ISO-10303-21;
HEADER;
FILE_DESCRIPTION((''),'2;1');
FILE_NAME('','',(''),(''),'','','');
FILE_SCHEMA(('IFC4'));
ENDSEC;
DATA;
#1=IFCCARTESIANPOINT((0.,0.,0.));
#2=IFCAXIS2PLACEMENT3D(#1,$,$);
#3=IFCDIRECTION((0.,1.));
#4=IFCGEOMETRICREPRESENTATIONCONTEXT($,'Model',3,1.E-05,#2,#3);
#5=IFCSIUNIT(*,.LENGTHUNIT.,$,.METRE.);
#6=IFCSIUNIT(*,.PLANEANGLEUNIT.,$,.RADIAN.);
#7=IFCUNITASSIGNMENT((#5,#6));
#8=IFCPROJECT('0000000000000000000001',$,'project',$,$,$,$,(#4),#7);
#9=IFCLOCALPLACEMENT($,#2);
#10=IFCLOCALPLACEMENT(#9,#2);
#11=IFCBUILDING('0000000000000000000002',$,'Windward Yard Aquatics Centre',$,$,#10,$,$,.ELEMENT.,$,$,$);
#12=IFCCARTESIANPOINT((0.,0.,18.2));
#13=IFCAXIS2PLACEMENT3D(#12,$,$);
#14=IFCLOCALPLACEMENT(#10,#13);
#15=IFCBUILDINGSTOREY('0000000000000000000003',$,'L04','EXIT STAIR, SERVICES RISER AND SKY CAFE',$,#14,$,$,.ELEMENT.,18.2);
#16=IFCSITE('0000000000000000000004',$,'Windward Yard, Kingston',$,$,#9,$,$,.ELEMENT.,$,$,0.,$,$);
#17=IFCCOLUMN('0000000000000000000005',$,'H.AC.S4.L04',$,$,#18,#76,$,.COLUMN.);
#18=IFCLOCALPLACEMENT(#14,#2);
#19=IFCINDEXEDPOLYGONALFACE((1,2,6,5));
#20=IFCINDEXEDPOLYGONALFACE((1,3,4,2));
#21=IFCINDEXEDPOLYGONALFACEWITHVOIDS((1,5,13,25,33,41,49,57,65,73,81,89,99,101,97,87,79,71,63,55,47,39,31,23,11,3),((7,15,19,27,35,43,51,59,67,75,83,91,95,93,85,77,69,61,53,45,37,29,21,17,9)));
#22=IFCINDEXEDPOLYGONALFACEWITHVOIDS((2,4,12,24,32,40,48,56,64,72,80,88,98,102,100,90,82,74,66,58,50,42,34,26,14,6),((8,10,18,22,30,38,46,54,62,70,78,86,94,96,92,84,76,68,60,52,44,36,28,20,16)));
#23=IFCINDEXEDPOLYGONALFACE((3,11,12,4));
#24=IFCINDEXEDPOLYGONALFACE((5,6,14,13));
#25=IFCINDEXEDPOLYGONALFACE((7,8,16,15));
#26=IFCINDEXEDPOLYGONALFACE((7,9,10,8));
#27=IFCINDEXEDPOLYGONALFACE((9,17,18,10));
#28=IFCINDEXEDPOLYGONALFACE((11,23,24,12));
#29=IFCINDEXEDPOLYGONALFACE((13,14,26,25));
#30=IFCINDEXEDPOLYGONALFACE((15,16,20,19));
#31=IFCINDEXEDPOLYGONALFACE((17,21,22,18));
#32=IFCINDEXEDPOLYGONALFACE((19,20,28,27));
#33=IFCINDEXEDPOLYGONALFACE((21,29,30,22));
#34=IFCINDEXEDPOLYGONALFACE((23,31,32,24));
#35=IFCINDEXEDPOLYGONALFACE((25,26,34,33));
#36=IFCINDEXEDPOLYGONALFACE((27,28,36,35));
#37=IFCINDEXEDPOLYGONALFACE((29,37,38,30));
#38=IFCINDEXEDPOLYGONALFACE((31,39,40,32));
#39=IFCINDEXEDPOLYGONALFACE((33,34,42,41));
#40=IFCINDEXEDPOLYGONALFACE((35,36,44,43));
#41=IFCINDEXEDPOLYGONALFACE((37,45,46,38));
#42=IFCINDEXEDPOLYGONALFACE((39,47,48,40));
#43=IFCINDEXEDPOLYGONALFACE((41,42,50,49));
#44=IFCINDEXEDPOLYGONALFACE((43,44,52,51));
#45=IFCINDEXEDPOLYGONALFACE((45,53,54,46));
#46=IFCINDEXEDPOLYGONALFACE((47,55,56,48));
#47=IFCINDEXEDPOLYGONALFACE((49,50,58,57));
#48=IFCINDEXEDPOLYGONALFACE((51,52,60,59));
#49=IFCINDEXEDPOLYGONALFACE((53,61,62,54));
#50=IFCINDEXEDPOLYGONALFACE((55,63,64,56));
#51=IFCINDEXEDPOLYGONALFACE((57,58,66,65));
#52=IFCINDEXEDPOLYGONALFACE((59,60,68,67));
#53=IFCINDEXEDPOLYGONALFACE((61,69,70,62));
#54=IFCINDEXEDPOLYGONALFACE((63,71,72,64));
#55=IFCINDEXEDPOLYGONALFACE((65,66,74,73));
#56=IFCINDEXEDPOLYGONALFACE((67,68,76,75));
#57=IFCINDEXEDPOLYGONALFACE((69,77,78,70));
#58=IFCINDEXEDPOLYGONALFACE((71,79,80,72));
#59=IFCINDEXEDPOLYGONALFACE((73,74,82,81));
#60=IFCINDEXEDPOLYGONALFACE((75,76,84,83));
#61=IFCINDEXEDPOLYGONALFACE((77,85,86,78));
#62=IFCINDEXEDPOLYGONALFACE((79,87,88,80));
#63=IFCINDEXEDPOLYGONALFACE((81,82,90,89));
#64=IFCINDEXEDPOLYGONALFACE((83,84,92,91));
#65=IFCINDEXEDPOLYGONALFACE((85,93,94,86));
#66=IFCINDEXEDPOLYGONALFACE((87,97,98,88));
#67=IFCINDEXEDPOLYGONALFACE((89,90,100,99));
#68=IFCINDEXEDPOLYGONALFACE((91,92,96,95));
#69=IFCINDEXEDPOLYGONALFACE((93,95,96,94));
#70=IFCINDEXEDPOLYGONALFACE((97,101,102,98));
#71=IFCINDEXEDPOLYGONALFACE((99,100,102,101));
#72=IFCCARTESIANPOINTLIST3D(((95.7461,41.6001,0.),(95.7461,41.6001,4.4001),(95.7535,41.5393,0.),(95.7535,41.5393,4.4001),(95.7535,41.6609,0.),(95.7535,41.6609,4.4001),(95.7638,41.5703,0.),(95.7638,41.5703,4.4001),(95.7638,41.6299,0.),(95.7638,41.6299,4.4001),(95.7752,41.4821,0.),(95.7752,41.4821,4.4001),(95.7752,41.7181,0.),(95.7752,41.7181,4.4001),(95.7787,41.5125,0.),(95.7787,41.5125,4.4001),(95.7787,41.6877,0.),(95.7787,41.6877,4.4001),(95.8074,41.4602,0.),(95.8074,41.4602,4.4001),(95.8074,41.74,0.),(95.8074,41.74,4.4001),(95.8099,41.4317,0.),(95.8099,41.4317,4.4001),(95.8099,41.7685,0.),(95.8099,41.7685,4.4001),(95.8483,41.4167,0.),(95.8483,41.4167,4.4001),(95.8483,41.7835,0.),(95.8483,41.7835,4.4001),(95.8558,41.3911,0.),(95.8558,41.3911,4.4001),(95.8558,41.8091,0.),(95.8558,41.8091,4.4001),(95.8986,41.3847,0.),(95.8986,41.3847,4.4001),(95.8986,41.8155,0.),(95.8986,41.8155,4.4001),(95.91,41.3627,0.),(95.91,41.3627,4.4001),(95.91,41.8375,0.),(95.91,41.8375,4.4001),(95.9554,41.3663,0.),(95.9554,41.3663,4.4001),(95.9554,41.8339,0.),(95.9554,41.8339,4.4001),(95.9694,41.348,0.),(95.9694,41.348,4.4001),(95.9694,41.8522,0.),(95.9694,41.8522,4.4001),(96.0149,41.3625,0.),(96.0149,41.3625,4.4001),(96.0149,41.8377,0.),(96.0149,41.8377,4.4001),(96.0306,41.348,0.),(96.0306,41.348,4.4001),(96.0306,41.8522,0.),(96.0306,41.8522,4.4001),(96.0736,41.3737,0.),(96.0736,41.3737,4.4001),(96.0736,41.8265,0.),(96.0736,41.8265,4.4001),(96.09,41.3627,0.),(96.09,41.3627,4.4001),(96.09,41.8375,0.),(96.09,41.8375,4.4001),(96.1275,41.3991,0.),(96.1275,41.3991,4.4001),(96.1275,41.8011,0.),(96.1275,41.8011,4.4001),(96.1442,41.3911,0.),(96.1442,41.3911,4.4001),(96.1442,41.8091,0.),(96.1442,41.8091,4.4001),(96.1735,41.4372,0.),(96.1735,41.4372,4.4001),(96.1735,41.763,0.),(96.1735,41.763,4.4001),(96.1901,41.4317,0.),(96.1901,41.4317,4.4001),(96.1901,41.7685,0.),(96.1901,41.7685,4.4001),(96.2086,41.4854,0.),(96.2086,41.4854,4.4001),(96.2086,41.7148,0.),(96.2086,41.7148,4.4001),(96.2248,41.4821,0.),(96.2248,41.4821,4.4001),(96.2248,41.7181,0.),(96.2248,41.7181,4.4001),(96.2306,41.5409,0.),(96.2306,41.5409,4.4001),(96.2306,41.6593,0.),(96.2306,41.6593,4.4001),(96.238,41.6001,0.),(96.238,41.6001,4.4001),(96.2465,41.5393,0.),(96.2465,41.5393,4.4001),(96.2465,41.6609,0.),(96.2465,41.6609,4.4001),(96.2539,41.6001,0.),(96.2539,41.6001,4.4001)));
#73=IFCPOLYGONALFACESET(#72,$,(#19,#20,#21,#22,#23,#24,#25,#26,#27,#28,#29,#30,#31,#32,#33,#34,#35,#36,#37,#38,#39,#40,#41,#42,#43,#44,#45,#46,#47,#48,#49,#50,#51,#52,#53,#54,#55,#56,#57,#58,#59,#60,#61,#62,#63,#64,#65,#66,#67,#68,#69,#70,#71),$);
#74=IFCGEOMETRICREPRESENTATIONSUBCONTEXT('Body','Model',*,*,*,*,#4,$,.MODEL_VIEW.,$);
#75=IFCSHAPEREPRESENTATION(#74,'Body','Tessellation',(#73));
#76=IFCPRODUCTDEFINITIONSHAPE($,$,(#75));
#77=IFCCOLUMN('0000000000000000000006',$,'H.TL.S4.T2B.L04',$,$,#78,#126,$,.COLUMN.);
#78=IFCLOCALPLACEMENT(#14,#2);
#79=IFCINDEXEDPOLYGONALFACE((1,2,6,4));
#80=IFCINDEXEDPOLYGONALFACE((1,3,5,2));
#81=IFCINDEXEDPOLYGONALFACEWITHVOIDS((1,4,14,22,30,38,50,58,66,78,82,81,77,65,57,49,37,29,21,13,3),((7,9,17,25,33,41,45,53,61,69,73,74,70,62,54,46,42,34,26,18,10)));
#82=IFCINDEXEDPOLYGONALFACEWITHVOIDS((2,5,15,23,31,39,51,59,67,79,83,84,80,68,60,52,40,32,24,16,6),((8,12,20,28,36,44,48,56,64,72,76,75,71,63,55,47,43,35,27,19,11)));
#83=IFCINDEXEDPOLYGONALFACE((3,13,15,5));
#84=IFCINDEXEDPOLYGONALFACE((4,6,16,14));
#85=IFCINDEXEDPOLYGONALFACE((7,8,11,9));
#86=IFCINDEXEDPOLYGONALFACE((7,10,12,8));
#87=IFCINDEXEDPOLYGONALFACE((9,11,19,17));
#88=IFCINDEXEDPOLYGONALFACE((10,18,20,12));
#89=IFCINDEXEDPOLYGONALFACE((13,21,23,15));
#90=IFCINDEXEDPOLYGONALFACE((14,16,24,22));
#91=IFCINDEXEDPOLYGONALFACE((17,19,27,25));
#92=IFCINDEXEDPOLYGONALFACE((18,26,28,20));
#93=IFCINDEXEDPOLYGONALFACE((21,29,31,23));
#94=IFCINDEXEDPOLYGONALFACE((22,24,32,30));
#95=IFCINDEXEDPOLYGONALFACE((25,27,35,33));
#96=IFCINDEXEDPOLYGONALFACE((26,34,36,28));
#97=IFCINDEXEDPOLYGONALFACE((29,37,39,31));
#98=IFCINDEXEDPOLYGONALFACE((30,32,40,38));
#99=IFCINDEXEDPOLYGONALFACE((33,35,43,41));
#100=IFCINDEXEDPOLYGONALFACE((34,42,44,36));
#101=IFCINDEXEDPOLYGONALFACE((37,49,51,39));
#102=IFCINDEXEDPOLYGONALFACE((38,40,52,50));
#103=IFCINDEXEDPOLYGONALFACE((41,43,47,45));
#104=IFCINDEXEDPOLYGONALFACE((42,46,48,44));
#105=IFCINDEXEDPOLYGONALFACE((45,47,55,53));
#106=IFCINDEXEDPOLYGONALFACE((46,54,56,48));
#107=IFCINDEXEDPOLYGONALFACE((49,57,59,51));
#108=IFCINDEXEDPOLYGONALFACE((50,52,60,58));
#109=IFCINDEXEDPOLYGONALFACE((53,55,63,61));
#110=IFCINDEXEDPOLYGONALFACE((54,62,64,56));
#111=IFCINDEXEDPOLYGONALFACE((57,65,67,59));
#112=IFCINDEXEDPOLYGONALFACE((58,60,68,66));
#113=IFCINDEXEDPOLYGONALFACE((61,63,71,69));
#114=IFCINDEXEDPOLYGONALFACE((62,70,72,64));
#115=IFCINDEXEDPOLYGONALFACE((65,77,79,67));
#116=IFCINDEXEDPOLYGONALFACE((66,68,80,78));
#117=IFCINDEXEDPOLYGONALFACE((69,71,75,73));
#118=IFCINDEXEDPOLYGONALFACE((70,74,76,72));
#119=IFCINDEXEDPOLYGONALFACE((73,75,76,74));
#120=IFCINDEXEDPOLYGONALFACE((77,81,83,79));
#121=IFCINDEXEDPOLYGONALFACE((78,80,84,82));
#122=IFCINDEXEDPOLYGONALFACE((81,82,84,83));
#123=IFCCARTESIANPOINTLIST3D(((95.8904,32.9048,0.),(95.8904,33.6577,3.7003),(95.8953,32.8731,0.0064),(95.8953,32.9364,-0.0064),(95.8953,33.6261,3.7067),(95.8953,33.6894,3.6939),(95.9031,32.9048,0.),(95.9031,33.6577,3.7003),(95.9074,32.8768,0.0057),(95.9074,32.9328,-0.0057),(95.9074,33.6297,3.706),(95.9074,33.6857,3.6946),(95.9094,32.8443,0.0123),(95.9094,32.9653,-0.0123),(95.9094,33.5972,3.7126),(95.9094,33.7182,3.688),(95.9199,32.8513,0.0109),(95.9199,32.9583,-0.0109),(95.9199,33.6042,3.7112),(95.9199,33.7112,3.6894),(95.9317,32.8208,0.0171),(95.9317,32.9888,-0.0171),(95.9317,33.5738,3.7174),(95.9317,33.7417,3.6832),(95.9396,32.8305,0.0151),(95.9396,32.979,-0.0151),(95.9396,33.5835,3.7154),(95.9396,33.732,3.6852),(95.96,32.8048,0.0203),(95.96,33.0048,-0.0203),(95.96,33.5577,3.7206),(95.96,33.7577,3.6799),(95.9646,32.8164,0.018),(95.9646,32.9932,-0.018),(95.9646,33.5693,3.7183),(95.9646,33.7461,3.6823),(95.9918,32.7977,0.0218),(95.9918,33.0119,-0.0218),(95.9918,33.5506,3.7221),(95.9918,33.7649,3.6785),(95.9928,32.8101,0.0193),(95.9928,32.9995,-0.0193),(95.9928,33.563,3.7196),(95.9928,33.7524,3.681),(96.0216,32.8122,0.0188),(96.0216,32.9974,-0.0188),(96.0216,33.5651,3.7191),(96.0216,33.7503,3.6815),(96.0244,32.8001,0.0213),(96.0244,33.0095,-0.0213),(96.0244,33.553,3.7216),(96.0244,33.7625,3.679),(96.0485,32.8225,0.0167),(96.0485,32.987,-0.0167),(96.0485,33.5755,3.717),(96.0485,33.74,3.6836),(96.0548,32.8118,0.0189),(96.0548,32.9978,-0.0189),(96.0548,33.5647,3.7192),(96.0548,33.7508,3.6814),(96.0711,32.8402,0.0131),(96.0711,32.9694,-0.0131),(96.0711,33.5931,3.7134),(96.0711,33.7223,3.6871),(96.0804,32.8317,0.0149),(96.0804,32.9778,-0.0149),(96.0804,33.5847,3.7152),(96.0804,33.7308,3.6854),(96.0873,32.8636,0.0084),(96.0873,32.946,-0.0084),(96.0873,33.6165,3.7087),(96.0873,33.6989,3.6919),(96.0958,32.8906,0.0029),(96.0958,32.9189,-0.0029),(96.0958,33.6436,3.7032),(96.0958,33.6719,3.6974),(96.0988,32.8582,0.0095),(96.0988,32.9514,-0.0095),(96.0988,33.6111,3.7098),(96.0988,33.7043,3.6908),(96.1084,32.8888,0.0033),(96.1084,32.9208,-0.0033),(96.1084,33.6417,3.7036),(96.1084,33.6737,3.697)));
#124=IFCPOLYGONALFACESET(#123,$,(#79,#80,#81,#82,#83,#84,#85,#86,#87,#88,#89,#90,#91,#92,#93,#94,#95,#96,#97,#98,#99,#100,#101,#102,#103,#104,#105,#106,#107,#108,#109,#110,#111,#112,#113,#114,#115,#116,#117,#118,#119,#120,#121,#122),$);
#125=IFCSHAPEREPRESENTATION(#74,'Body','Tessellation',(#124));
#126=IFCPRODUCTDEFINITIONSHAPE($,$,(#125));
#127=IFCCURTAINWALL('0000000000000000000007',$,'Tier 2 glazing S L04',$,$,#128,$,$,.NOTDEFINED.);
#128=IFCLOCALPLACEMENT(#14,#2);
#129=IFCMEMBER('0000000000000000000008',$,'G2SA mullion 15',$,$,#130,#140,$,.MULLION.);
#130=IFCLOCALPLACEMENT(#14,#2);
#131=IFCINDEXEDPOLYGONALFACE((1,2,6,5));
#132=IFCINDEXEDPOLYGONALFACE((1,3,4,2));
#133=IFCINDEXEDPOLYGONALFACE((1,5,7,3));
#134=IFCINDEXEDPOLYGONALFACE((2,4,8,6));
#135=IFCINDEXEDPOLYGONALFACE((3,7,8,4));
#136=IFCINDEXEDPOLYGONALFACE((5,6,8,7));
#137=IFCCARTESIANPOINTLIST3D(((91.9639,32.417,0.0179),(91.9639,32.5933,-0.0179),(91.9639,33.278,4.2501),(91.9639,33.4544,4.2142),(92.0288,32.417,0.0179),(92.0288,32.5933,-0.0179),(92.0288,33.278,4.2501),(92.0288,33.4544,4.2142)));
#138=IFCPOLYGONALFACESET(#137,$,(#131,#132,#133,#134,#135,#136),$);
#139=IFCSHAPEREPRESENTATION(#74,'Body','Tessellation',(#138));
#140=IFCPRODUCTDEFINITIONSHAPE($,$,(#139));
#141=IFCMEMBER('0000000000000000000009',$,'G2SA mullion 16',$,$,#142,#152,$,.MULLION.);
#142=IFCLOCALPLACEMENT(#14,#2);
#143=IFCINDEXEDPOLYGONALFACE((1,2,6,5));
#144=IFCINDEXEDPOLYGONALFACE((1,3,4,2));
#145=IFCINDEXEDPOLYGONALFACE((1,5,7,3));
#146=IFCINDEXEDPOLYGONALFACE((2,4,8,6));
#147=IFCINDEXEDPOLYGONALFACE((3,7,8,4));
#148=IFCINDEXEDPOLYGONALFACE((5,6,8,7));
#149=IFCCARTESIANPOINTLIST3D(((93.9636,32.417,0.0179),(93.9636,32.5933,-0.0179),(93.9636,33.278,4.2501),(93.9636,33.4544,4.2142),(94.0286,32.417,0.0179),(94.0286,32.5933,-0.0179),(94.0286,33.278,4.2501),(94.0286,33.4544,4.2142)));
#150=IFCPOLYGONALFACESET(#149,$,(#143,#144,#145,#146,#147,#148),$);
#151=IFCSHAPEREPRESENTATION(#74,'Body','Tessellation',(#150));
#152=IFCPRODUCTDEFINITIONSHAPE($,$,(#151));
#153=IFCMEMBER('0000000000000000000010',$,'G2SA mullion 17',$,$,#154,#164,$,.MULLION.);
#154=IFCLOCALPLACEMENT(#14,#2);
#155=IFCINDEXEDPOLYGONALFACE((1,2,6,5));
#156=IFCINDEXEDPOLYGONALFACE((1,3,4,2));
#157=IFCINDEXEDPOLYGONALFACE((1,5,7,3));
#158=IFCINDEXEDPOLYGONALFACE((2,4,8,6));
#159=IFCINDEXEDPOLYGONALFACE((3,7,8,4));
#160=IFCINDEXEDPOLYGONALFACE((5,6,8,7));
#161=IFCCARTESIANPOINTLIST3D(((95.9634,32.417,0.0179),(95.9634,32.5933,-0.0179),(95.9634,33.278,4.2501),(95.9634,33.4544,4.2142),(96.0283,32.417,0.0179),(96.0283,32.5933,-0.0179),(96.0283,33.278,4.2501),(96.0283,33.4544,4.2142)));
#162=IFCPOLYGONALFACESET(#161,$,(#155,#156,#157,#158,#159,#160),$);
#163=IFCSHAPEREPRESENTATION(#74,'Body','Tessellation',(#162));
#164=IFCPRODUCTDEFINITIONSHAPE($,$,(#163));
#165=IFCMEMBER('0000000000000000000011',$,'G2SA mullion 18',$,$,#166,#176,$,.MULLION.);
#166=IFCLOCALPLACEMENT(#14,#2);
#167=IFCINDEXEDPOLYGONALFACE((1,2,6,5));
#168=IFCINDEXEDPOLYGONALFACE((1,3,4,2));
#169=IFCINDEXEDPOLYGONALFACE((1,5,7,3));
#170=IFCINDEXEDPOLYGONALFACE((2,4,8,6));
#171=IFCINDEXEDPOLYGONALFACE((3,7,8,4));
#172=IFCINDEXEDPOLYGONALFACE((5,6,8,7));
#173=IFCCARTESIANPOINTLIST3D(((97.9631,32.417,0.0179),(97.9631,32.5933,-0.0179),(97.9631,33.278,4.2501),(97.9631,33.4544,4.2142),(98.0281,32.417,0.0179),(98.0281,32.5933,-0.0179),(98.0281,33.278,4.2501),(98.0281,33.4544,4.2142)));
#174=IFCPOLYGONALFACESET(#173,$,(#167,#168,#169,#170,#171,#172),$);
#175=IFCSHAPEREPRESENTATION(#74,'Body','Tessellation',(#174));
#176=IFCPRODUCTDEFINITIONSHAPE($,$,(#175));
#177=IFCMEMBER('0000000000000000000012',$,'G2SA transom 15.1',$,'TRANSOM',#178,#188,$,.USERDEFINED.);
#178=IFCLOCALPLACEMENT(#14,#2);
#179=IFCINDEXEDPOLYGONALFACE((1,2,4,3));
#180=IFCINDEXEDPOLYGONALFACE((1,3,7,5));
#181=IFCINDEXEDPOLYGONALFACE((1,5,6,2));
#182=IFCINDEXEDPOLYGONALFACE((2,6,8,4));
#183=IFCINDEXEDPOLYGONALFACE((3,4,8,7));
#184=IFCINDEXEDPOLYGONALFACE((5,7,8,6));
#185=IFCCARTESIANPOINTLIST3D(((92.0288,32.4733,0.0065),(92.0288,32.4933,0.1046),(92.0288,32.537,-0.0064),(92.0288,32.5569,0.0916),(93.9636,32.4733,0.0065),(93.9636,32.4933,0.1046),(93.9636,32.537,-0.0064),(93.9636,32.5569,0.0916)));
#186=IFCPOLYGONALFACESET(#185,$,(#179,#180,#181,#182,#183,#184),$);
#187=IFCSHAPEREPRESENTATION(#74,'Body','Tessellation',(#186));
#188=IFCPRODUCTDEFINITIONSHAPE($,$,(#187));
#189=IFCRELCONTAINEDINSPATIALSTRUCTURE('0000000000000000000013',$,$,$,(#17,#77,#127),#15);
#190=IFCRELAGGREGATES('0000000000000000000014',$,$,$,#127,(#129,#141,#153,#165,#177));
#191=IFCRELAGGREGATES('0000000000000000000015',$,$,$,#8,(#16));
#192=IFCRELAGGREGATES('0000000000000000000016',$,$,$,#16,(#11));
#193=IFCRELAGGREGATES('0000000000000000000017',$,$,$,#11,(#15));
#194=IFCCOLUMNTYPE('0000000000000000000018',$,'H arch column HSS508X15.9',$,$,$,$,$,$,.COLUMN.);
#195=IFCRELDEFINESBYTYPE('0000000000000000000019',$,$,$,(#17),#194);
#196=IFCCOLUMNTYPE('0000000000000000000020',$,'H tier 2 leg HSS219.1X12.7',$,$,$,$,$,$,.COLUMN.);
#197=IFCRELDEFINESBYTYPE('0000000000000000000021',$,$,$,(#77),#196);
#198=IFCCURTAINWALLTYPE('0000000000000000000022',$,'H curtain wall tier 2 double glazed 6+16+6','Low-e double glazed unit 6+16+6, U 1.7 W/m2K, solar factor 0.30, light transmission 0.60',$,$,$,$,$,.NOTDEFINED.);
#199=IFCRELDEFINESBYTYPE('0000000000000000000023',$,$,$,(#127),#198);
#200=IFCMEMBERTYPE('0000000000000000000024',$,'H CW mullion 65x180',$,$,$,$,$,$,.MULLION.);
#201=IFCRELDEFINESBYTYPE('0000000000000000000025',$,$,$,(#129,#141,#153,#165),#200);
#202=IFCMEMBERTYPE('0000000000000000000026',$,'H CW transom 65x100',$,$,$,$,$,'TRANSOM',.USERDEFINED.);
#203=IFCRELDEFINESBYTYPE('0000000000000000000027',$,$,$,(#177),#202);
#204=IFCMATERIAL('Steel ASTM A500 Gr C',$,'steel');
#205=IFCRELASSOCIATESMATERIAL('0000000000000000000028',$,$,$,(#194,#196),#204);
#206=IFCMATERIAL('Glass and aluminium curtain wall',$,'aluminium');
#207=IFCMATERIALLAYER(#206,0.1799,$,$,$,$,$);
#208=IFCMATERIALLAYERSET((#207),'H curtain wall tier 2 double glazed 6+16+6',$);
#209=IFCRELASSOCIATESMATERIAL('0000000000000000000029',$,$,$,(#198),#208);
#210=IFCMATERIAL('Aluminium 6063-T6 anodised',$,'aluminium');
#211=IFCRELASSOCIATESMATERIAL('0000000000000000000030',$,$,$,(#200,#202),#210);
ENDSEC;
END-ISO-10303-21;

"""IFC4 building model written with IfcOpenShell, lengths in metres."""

from ifc_helpers import new_model, si_unit, direction, frame, origin, origin_2d, place, context, subcontext, project, spatial, rectangle, hollow_circle, extrude, material, layer, layer_set, material_profile, profile_set, type_object, element, aggregate, save


model = new_model("IFC4")

# Units and contexts
model_context = context("Model", 3, precision=1e-05, world=origin(), true_north=direction((0.0, 1.0)))
body_context = subcontext(model_context, "Body", "Model", "MODEL_VIEW")
ifc_project = project(units=[si_unit("LENGTHUNIT", "METRE"), si_unit("PLANEANGLEUNIT", "RADIAN")], contexts=[model_context])

# Site, building, storey
site_placement = place(None, origin())
site = spatial("IfcSite", under=ifc_project, at=site_placement, Name="Windward Yard, Kingston", CompositionType="ELEMENT", RefElevation=0.0)
building_placement = place(site_placement, origin())
building = spatial("IfcBuilding", under=site, at=building_placement, Name="Windward Yard Aquatics Centre", CompositionType="ELEMENT")
storey_placement = place(building_placement, frame((0.0, 0.0, 18.2)))
storey = spatial("IfcBuildingStorey", under=building, at=storey_placement, Name="L04", Description="EXIT STAIR, SERVICES RISER AND SKY CAFE", CompositionType="ELEMENT", Elevation=18.2)

# Columns
ifc_material_1 = material(Name="Steel ASTM A500 Gr C", Category="steel")
ifc_material_profile_1 = material_profile(ifc_material_1, hollow_circle(Radius=0.2539, WallThickness=0.0159, at=origin_2d()), Name="HSS508X15.9")
ifc_profile_set_1 = profile_set([ifc_material_profile_1], Name="Steel ASTM A500 Gr C")
column_type_1 = type_object("IfcColumnType", Name="H arch column HSS508X15.9", PredefinedType="COLUMN", material=ifc_profile_set_1)
column_1_placement = place(storey_placement, frame((96.0, 41.6001, 0.0), z_axis=(0.0, 0.0, 1.0), x_axis=(1.0, 0.0, 0.0)))
element("IfcColumn", 1, at=column_1_placement, inside=storey, type_object=column_type_1, Name="H.AC.S4.L04", PredefinedType="COLUMN", context=body_context, shape_type="SweptSolid", body=[
    extrude(hollow_circle(Radius=0.2539, WallThickness=0.0159, at=origin_2d()), origin(), (0.0, 0.0, 1.0), 4.4001),
])
ifc_material_profile_2 = material_profile(ifc_material_1, hollow_circle(Radius=0.1096, WallThickness=0.0127, at=origin_2d()), Name="HSS219.1X12.7")
ifc_profile_set_2 = profile_set([ifc_material_profile_2], Name="Steel ASTM A500 Gr C")
column_type_2 = type_object("IfcColumnType", Name="H tier 2 leg HSS219.1X12.7", PredefinedType="COLUMN", material=ifc_profile_set_2)
column_2_placement = place(storey_placement, frame((96.0, 32.9048, 0.0), z_axis=(0.0, 0.199398, 0.979919), x_axis=(-1.0, 0.0, 0.0)))
element("IfcColumn", 2, at=column_2_placement, inside=storey, type_object=column_type_2, Name="H.TL.S4.T2B.L04", PredefinedType="COLUMN", context=body_context, shape_type="SweptSolid", body=[
    extrude(hollow_circle(Radius=0.1096, WallThickness=0.0127, at=origin_2d()), origin(), (0.0, 0.0, 1.0), 3.7761),
])

# Curtain wall, members
ifc_material_2 = material(Name="Glass and aluminium curtain wall", Category="aluminium")
ifc_layer_1 = layer(ifc_material_2, 0.1799)
ifc_layer_set_1 = layer_set([ifc_layer_1], Name="H curtain wall tier 2 double glazed 6+16+6")
curtain_wall_type = type_object("IfcCurtainWallType", Name="H curtain wall tier 2 double glazed 6+16+6", Description="Low-e double glazed unit 6+16+6, U 1.7 W/m2K, solar factor 0.30, light transmission 0.60", PredefinedType="NOTDEFINED", material=ifc_layer_set_1)
curtain_wall_placement = place(storey_placement, origin())
curtain_wall = element("IfcCurtainWall", 3, at=curtain_wall_placement, inside=storey, type_object=curtain_wall_type, Name="Tier 2 glazing S L04", PredefinedType="NOTDEFINED")
ifc_material_3 = material(Name="Aluminium 6063-T6 anodised", Category="aluminium")
ifc_material_profile_3 = material_profile(ifc_material_3, rectangle(XDim=0.0649, YDim=0.1799, at=origin_2d()), Name="H CW mullion 65x180")
ifc_profile_set_3 = profile_set([ifc_material_profile_3], Name="Aluminium 6063-T6 anodised")
member_type_1 = type_object("IfcMemberType", Name="H CW mullion 65x180", PredefinedType="MULLION", material=ifc_profile_set_3)
member_1_placement = place(storey_placement, frame((91.9963, 32.5051, 0.0), z_axis=(0.0, 0.199376, 0.979923), x_axis=(-1.0, 0.0, 0.0)))
member_1 = element("IfcMember", 4, at=member_1_placement, type_object=member_type_1, Name="G2SA mullion 15", PredefinedType="MULLION", context=body_context, shape_type="SweptSolid", body=[
    extrude(rectangle(XDim=0.0649, YDim=0.1799, at=origin_2d()), origin(), (0.0, 0.0, 1.0), 4.3188),
])
member_2_placement = place(storey_placement, frame((93.9961, 32.5051, 0.0), z_axis=(0.0, 0.199376, 0.979923), x_axis=(-1.0, 0.0, 0.0)))
member_2 = element("IfcMember", 5, at=member_2_placement, type_object=member_type_1, Name="G2SA mullion 16", PredefinedType="MULLION", context=body_context, shape_type="SweptSolid", body=[
    extrude(rectangle(XDim=0.0649, YDim=0.1799, at=origin_2d()), origin(), (0.0, 0.0, 1.0), 4.3188),
])
member_3_placement = place(storey_placement, frame((95.9958, 32.5051, 0.0), z_axis=(0.0, 0.199376, 0.979923), x_axis=(-1.0, 0.0, 0.0)))
member_3 = element("IfcMember", 6, at=member_3_placement, type_object=member_type_1, Name="G2SA mullion 17", PredefinedType="MULLION", context=body_context, shape_type="SweptSolid", body=[
    extrude(rectangle(XDim=0.0649, YDim=0.1799, at=origin_2d()), origin(), (0.0, 0.0, 1.0), 4.3188),
])
member_4_placement = place(storey_placement, frame((97.9956, 32.5051, 0.0), z_axis=(0.0, 0.199376, 0.979923), x_axis=(-1.0, 0.0, 0.0)))
member_4 = element("IfcMember", 7, at=member_4_placement, type_object=member_type_1, Name="G2SA mullion 18", PredefinedType="MULLION", context=body_context, shape_type="SweptSolid", body=[
    extrude(rectangle(XDim=0.0649, YDim=0.1799, at=origin_2d()), origin(), (0.0, 0.0, 1.0), 4.3188),
])
ifc_material_profile_4 = material_profile(ifc_material_3, rectangle(XDim=0.0649, YDim=0.1001, at=origin_2d()), Name="H CW transom 65x100")
ifc_profile_set_4 = profile_set([ifc_material_profile_4], Name="Aluminium 6063-T6 anodised")
member_type_2 = type_object("IfcMemberType", Name="H CW transom 65x100", ElementType="TRANSOM", PredefinedType="USERDEFINED", material=ifc_profile_set_4)
member_5_placement = place(storey_placement, frame((92.0288, 32.5151, 0.0491), z_axis=(1.0, 0.0, 0.0), x_axis=(0.0, -0.979925, 0.199368)))
member_5 = element("IfcMember", 8, at=member_5_placement, type_object=member_type_2, Name="G2SA transom 15.1", ObjectType="TRANSOM", PredefinedType="USERDEFINED", context=body_context, shape_type="SweptSolid", body=[
    extrude(rectangle(XDim=0.0649, YDim=0.1001, at=origin_2d()), origin(), (0.0, 0.0, 1.0), 1.9348),
])

aggregate(curtain_wall, [member_1, member_2, member_3, member_4, member_5])

save(model, "model.ifc")
